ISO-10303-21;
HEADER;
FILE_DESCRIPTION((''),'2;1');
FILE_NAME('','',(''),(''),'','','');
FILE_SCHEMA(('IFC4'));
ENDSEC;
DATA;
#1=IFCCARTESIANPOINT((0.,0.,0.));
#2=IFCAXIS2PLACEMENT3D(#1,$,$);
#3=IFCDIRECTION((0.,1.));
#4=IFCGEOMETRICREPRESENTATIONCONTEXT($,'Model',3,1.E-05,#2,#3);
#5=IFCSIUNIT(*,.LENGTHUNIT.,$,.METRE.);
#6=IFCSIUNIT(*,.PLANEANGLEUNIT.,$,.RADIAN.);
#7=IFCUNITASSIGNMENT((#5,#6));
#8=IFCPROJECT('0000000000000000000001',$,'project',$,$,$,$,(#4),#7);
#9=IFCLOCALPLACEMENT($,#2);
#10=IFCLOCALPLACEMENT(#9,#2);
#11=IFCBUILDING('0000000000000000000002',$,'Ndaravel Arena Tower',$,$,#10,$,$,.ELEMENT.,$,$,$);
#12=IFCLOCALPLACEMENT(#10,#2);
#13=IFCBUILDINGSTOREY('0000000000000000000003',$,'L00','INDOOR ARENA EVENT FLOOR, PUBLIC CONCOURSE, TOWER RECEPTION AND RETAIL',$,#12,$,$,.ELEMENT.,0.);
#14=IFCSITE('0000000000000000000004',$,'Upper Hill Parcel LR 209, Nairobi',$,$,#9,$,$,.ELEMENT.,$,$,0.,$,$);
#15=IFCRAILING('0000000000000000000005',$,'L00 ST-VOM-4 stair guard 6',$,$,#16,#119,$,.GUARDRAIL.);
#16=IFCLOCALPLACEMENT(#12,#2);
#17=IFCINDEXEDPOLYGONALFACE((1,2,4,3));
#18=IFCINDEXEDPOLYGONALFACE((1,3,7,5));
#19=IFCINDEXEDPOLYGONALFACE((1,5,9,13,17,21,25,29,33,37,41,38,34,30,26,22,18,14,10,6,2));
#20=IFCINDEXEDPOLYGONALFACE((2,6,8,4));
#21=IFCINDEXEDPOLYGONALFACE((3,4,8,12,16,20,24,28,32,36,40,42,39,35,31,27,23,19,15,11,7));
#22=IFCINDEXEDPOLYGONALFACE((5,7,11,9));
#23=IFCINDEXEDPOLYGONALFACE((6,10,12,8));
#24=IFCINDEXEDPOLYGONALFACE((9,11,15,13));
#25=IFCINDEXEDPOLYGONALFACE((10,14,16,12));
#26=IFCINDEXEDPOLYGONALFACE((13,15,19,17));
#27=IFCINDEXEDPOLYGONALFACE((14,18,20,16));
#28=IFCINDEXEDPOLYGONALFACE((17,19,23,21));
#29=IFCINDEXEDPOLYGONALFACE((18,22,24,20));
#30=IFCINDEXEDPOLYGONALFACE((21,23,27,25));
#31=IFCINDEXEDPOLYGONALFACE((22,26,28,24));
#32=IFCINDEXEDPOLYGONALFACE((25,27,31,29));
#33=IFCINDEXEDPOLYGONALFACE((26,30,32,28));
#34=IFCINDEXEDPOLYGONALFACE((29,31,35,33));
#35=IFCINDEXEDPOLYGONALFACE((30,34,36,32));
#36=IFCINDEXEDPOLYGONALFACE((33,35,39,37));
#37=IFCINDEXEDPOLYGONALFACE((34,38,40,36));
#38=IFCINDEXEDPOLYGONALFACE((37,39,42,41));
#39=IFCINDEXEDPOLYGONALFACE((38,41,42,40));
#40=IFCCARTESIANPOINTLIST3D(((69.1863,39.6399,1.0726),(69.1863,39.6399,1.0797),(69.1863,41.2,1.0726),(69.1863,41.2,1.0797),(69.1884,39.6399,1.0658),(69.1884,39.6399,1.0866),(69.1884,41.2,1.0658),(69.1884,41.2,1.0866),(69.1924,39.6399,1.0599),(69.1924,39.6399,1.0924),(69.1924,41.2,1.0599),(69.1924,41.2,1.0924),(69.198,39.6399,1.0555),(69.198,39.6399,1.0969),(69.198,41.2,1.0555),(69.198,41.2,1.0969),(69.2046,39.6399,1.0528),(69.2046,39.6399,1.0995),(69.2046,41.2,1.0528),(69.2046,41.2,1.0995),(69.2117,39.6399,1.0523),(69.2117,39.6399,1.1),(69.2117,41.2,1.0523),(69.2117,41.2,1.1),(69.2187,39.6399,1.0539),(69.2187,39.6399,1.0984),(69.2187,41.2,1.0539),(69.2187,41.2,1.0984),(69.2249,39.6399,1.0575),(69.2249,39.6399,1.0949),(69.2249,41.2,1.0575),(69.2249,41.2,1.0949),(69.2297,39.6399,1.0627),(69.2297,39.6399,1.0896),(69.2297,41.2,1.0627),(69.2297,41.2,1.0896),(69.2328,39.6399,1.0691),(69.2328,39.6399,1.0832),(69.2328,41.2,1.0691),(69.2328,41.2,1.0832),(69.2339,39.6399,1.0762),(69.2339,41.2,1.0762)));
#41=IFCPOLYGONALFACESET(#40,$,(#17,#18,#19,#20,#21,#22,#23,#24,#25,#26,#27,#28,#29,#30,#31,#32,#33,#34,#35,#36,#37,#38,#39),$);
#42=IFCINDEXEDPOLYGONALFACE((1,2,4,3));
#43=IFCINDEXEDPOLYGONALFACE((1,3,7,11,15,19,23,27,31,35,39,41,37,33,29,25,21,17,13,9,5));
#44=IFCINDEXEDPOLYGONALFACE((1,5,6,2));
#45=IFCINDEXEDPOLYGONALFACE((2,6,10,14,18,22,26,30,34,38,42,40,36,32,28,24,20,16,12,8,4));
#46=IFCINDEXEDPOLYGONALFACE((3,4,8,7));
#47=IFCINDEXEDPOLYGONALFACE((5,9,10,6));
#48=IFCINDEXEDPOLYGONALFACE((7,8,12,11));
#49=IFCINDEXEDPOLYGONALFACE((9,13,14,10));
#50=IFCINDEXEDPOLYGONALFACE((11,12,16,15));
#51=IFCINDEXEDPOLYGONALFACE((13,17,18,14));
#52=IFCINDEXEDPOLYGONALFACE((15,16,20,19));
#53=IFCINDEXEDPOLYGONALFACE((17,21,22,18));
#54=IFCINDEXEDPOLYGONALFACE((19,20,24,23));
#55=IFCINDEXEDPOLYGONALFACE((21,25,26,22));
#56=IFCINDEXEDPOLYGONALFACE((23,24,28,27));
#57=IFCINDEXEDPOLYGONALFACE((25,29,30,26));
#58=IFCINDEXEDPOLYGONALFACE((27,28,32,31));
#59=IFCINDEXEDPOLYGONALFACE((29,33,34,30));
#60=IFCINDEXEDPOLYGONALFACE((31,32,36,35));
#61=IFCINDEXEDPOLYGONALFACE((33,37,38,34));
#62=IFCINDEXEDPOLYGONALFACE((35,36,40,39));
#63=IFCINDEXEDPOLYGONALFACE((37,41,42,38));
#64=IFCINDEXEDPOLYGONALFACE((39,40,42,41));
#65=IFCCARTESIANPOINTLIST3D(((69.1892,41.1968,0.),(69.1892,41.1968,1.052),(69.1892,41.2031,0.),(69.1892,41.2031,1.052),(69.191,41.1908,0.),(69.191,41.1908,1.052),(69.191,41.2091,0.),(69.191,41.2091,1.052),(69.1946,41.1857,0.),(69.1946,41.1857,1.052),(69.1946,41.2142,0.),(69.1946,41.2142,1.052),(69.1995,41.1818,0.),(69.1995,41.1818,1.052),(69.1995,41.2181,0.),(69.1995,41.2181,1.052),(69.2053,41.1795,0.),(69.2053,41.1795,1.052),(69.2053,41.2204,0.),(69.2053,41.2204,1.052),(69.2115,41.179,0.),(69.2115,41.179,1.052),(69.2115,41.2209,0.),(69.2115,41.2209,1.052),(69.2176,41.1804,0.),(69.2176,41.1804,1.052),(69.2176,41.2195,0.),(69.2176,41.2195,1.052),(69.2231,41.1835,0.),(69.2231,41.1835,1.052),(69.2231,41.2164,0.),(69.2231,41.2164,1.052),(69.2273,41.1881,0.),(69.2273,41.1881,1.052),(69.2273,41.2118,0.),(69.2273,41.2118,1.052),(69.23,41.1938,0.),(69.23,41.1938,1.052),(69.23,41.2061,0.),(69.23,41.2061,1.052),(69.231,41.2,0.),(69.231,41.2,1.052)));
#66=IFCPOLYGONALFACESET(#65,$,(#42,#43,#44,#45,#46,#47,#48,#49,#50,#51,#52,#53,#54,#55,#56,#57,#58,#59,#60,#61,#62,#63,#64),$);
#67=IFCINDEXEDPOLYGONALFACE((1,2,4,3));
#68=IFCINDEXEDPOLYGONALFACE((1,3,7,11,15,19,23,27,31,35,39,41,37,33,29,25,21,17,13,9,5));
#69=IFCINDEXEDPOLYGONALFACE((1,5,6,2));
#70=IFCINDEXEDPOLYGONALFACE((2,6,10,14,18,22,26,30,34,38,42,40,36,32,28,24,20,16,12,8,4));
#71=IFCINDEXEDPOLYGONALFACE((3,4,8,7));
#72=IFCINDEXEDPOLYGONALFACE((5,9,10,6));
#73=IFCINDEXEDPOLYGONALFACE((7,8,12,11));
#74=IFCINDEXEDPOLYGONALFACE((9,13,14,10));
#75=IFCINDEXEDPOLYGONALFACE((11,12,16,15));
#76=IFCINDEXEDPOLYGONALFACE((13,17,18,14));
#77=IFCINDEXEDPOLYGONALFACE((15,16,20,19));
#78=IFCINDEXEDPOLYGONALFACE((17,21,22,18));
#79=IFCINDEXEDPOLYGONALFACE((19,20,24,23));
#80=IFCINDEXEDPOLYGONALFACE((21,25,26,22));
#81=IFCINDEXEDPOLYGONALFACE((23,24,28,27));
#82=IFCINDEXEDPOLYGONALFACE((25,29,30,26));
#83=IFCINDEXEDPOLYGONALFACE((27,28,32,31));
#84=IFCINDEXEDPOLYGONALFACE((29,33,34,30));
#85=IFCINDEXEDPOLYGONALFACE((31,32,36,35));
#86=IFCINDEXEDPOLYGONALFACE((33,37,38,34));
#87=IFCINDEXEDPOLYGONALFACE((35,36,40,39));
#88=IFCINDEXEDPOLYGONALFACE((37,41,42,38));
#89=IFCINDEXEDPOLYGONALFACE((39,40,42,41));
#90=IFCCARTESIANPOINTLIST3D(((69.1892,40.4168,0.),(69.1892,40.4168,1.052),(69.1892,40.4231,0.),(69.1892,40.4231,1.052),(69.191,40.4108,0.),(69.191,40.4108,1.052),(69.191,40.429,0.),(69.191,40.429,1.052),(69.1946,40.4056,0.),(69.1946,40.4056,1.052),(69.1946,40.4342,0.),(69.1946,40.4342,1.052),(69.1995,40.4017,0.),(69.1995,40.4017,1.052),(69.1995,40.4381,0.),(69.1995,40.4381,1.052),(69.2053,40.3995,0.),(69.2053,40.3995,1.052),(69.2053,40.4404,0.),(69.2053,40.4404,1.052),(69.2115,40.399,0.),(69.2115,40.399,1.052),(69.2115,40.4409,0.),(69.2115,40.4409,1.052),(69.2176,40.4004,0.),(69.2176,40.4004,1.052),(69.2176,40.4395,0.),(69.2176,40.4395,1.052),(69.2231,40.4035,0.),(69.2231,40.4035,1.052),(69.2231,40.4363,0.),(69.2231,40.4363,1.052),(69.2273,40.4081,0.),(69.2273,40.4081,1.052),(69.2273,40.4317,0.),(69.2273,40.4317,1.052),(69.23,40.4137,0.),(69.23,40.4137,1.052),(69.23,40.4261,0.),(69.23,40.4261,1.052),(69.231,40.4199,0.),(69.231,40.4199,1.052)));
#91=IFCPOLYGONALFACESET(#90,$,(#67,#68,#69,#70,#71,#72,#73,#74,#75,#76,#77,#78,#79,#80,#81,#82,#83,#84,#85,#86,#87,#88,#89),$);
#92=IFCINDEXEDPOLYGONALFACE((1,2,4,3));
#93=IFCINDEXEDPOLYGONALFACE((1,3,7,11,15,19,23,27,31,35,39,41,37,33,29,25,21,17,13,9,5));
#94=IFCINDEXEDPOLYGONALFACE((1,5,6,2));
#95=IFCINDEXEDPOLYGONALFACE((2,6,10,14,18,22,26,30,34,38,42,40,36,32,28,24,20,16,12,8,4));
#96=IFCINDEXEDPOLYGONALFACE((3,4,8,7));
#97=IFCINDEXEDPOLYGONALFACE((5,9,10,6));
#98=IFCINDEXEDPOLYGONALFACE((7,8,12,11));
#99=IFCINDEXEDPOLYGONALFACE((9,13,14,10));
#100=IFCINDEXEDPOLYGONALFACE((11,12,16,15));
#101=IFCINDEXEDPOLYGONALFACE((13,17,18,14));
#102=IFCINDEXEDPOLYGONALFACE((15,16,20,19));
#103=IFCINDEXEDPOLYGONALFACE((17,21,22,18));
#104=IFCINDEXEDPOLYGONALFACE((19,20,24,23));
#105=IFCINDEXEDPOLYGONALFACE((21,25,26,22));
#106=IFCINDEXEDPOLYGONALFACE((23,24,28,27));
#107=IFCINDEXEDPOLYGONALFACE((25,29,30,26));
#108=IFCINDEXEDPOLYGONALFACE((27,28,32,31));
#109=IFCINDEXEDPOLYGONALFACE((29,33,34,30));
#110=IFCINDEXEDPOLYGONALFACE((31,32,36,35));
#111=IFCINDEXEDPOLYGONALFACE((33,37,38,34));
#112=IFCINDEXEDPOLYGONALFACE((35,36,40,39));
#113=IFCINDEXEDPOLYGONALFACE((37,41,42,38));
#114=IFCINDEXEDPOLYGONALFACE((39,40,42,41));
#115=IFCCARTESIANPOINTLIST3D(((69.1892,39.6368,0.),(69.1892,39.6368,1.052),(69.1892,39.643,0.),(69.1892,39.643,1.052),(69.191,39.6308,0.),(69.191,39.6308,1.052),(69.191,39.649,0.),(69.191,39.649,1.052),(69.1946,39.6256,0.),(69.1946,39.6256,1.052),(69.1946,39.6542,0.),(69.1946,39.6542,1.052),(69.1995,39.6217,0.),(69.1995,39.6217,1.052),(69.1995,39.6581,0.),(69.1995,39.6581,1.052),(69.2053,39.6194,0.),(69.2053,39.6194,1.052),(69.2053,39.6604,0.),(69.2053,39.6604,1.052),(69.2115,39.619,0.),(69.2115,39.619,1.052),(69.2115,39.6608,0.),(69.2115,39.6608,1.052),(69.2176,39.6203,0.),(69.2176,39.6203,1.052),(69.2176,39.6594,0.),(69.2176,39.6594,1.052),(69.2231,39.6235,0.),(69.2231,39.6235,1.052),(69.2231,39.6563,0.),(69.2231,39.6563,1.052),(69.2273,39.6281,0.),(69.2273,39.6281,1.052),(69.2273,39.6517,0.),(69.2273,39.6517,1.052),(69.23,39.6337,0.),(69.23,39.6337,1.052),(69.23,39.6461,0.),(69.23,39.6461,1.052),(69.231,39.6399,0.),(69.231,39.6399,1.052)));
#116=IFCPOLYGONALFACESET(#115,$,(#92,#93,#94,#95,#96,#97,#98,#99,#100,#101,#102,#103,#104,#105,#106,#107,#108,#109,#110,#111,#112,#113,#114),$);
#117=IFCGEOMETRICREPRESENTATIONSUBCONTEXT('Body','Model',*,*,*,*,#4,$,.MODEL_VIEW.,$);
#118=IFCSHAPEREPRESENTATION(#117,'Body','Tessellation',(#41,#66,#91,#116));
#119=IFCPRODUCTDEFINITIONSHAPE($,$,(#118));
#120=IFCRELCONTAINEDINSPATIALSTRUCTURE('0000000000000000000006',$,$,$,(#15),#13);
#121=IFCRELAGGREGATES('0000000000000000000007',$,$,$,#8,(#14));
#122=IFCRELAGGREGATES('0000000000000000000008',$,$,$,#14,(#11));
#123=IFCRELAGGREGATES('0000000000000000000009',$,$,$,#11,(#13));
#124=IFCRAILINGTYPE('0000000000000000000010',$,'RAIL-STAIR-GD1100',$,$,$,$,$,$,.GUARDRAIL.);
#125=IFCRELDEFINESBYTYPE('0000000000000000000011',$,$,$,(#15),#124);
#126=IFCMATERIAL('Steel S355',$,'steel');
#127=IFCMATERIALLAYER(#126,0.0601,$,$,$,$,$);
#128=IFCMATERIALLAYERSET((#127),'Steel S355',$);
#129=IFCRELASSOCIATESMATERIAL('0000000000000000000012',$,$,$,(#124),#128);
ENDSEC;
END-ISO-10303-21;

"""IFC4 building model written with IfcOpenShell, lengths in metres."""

from ifc_helpers import new_model, si_unit, direction, frame, origin, origin_2d, place, context, subcontext, project, spatial, circle, extrude, material, layer, layer_set, type_object, element, save


model = new_model("IFC4")

# Units and contexts
model_context = context("Model", 3, precision=1e-05, world=origin(), true_north=direction((0.0, 1.0)))
body_context = subcontext(model_context, "Body", "Model", "MODEL_VIEW")
ifc_project = project(units=[si_unit("LENGTHUNIT", "METRE"), si_unit("PLANEANGLEUNIT", "RADIAN")], contexts=[model_context])

# Site, building, storey
site_placement = place(None, origin())
site = spatial("IfcSite", under=ifc_project, at=site_placement, Name="Upper Hill Parcel LR 209, Nairobi", CompositionType="ELEMENT", RefElevation=0.0)
building_placement = place(site_placement, origin())
building = spatial("IfcBuilding", under=site, at=building_placement, Name="Ndaravel Arena Tower", CompositionType="ELEMENT")
storey_placement = place(building_placement, origin())
storey = spatial("IfcBuildingStorey", under=building, at=storey_placement, Name="L00", Description="INDOOR ARENA EVENT FLOOR, PUBLIC CONCOURSE, TOWER RECEPTION AND RETAIL", CompositionType="ELEMENT", Elevation=0.0)

# Railing
ifc_material_1 = material(Name="Steel S355", Category="steel")
ifc_layer_1 = layer(ifc_material_1, 0.0601)
ifc_layer_set_1 = layer_set([ifc_layer_1], Name="Steel S355")
railing_type_1 = type_object("IfcRailingType", Name="RAIL-STAIR-GD1100", PredefinedType="GUARDRAIL", material=ifc_layer_set_1)
railing_1_placement = place(storey_placement, frame((69.21, 41.2, 0.0)))
element("IfcRailing", 1, at=railing_1_placement, inside=storey, type_object=railing_type_1, Name="L00 ST-VOM-4 stair guard 6", PredefinedType="GUARDRAIL", context=body_context, shape_type="SweptSolid", body=[
    extrude(circle(Radius=0.0239, at=origin_2d()), frame((0.0, 0.0, 1.0762), z_axis=(0.0, -1.0, 0.0), x_axis=(1.0, 0.0, 0.0)), (0.0, 0.0, 1.0), 1.5601),
    extrude(circle(Radius=0.021, at=origin_2d()), origin(), (0.0, 0.0, 1.0), 1.052),
    extrude(circle(Radius=0.021, at=origin_2d()), frame((0.0, -0.78, 0.0)), (0.0, 0.0, 1.0), 1.052),
    extrude(circle(Radius=0.021, at=origin_2d()), frame((0.0, -1.5601, 0.0)), (0.0, 0.0, 1.0), 1.052),
])

save(model, "model.ifc")
